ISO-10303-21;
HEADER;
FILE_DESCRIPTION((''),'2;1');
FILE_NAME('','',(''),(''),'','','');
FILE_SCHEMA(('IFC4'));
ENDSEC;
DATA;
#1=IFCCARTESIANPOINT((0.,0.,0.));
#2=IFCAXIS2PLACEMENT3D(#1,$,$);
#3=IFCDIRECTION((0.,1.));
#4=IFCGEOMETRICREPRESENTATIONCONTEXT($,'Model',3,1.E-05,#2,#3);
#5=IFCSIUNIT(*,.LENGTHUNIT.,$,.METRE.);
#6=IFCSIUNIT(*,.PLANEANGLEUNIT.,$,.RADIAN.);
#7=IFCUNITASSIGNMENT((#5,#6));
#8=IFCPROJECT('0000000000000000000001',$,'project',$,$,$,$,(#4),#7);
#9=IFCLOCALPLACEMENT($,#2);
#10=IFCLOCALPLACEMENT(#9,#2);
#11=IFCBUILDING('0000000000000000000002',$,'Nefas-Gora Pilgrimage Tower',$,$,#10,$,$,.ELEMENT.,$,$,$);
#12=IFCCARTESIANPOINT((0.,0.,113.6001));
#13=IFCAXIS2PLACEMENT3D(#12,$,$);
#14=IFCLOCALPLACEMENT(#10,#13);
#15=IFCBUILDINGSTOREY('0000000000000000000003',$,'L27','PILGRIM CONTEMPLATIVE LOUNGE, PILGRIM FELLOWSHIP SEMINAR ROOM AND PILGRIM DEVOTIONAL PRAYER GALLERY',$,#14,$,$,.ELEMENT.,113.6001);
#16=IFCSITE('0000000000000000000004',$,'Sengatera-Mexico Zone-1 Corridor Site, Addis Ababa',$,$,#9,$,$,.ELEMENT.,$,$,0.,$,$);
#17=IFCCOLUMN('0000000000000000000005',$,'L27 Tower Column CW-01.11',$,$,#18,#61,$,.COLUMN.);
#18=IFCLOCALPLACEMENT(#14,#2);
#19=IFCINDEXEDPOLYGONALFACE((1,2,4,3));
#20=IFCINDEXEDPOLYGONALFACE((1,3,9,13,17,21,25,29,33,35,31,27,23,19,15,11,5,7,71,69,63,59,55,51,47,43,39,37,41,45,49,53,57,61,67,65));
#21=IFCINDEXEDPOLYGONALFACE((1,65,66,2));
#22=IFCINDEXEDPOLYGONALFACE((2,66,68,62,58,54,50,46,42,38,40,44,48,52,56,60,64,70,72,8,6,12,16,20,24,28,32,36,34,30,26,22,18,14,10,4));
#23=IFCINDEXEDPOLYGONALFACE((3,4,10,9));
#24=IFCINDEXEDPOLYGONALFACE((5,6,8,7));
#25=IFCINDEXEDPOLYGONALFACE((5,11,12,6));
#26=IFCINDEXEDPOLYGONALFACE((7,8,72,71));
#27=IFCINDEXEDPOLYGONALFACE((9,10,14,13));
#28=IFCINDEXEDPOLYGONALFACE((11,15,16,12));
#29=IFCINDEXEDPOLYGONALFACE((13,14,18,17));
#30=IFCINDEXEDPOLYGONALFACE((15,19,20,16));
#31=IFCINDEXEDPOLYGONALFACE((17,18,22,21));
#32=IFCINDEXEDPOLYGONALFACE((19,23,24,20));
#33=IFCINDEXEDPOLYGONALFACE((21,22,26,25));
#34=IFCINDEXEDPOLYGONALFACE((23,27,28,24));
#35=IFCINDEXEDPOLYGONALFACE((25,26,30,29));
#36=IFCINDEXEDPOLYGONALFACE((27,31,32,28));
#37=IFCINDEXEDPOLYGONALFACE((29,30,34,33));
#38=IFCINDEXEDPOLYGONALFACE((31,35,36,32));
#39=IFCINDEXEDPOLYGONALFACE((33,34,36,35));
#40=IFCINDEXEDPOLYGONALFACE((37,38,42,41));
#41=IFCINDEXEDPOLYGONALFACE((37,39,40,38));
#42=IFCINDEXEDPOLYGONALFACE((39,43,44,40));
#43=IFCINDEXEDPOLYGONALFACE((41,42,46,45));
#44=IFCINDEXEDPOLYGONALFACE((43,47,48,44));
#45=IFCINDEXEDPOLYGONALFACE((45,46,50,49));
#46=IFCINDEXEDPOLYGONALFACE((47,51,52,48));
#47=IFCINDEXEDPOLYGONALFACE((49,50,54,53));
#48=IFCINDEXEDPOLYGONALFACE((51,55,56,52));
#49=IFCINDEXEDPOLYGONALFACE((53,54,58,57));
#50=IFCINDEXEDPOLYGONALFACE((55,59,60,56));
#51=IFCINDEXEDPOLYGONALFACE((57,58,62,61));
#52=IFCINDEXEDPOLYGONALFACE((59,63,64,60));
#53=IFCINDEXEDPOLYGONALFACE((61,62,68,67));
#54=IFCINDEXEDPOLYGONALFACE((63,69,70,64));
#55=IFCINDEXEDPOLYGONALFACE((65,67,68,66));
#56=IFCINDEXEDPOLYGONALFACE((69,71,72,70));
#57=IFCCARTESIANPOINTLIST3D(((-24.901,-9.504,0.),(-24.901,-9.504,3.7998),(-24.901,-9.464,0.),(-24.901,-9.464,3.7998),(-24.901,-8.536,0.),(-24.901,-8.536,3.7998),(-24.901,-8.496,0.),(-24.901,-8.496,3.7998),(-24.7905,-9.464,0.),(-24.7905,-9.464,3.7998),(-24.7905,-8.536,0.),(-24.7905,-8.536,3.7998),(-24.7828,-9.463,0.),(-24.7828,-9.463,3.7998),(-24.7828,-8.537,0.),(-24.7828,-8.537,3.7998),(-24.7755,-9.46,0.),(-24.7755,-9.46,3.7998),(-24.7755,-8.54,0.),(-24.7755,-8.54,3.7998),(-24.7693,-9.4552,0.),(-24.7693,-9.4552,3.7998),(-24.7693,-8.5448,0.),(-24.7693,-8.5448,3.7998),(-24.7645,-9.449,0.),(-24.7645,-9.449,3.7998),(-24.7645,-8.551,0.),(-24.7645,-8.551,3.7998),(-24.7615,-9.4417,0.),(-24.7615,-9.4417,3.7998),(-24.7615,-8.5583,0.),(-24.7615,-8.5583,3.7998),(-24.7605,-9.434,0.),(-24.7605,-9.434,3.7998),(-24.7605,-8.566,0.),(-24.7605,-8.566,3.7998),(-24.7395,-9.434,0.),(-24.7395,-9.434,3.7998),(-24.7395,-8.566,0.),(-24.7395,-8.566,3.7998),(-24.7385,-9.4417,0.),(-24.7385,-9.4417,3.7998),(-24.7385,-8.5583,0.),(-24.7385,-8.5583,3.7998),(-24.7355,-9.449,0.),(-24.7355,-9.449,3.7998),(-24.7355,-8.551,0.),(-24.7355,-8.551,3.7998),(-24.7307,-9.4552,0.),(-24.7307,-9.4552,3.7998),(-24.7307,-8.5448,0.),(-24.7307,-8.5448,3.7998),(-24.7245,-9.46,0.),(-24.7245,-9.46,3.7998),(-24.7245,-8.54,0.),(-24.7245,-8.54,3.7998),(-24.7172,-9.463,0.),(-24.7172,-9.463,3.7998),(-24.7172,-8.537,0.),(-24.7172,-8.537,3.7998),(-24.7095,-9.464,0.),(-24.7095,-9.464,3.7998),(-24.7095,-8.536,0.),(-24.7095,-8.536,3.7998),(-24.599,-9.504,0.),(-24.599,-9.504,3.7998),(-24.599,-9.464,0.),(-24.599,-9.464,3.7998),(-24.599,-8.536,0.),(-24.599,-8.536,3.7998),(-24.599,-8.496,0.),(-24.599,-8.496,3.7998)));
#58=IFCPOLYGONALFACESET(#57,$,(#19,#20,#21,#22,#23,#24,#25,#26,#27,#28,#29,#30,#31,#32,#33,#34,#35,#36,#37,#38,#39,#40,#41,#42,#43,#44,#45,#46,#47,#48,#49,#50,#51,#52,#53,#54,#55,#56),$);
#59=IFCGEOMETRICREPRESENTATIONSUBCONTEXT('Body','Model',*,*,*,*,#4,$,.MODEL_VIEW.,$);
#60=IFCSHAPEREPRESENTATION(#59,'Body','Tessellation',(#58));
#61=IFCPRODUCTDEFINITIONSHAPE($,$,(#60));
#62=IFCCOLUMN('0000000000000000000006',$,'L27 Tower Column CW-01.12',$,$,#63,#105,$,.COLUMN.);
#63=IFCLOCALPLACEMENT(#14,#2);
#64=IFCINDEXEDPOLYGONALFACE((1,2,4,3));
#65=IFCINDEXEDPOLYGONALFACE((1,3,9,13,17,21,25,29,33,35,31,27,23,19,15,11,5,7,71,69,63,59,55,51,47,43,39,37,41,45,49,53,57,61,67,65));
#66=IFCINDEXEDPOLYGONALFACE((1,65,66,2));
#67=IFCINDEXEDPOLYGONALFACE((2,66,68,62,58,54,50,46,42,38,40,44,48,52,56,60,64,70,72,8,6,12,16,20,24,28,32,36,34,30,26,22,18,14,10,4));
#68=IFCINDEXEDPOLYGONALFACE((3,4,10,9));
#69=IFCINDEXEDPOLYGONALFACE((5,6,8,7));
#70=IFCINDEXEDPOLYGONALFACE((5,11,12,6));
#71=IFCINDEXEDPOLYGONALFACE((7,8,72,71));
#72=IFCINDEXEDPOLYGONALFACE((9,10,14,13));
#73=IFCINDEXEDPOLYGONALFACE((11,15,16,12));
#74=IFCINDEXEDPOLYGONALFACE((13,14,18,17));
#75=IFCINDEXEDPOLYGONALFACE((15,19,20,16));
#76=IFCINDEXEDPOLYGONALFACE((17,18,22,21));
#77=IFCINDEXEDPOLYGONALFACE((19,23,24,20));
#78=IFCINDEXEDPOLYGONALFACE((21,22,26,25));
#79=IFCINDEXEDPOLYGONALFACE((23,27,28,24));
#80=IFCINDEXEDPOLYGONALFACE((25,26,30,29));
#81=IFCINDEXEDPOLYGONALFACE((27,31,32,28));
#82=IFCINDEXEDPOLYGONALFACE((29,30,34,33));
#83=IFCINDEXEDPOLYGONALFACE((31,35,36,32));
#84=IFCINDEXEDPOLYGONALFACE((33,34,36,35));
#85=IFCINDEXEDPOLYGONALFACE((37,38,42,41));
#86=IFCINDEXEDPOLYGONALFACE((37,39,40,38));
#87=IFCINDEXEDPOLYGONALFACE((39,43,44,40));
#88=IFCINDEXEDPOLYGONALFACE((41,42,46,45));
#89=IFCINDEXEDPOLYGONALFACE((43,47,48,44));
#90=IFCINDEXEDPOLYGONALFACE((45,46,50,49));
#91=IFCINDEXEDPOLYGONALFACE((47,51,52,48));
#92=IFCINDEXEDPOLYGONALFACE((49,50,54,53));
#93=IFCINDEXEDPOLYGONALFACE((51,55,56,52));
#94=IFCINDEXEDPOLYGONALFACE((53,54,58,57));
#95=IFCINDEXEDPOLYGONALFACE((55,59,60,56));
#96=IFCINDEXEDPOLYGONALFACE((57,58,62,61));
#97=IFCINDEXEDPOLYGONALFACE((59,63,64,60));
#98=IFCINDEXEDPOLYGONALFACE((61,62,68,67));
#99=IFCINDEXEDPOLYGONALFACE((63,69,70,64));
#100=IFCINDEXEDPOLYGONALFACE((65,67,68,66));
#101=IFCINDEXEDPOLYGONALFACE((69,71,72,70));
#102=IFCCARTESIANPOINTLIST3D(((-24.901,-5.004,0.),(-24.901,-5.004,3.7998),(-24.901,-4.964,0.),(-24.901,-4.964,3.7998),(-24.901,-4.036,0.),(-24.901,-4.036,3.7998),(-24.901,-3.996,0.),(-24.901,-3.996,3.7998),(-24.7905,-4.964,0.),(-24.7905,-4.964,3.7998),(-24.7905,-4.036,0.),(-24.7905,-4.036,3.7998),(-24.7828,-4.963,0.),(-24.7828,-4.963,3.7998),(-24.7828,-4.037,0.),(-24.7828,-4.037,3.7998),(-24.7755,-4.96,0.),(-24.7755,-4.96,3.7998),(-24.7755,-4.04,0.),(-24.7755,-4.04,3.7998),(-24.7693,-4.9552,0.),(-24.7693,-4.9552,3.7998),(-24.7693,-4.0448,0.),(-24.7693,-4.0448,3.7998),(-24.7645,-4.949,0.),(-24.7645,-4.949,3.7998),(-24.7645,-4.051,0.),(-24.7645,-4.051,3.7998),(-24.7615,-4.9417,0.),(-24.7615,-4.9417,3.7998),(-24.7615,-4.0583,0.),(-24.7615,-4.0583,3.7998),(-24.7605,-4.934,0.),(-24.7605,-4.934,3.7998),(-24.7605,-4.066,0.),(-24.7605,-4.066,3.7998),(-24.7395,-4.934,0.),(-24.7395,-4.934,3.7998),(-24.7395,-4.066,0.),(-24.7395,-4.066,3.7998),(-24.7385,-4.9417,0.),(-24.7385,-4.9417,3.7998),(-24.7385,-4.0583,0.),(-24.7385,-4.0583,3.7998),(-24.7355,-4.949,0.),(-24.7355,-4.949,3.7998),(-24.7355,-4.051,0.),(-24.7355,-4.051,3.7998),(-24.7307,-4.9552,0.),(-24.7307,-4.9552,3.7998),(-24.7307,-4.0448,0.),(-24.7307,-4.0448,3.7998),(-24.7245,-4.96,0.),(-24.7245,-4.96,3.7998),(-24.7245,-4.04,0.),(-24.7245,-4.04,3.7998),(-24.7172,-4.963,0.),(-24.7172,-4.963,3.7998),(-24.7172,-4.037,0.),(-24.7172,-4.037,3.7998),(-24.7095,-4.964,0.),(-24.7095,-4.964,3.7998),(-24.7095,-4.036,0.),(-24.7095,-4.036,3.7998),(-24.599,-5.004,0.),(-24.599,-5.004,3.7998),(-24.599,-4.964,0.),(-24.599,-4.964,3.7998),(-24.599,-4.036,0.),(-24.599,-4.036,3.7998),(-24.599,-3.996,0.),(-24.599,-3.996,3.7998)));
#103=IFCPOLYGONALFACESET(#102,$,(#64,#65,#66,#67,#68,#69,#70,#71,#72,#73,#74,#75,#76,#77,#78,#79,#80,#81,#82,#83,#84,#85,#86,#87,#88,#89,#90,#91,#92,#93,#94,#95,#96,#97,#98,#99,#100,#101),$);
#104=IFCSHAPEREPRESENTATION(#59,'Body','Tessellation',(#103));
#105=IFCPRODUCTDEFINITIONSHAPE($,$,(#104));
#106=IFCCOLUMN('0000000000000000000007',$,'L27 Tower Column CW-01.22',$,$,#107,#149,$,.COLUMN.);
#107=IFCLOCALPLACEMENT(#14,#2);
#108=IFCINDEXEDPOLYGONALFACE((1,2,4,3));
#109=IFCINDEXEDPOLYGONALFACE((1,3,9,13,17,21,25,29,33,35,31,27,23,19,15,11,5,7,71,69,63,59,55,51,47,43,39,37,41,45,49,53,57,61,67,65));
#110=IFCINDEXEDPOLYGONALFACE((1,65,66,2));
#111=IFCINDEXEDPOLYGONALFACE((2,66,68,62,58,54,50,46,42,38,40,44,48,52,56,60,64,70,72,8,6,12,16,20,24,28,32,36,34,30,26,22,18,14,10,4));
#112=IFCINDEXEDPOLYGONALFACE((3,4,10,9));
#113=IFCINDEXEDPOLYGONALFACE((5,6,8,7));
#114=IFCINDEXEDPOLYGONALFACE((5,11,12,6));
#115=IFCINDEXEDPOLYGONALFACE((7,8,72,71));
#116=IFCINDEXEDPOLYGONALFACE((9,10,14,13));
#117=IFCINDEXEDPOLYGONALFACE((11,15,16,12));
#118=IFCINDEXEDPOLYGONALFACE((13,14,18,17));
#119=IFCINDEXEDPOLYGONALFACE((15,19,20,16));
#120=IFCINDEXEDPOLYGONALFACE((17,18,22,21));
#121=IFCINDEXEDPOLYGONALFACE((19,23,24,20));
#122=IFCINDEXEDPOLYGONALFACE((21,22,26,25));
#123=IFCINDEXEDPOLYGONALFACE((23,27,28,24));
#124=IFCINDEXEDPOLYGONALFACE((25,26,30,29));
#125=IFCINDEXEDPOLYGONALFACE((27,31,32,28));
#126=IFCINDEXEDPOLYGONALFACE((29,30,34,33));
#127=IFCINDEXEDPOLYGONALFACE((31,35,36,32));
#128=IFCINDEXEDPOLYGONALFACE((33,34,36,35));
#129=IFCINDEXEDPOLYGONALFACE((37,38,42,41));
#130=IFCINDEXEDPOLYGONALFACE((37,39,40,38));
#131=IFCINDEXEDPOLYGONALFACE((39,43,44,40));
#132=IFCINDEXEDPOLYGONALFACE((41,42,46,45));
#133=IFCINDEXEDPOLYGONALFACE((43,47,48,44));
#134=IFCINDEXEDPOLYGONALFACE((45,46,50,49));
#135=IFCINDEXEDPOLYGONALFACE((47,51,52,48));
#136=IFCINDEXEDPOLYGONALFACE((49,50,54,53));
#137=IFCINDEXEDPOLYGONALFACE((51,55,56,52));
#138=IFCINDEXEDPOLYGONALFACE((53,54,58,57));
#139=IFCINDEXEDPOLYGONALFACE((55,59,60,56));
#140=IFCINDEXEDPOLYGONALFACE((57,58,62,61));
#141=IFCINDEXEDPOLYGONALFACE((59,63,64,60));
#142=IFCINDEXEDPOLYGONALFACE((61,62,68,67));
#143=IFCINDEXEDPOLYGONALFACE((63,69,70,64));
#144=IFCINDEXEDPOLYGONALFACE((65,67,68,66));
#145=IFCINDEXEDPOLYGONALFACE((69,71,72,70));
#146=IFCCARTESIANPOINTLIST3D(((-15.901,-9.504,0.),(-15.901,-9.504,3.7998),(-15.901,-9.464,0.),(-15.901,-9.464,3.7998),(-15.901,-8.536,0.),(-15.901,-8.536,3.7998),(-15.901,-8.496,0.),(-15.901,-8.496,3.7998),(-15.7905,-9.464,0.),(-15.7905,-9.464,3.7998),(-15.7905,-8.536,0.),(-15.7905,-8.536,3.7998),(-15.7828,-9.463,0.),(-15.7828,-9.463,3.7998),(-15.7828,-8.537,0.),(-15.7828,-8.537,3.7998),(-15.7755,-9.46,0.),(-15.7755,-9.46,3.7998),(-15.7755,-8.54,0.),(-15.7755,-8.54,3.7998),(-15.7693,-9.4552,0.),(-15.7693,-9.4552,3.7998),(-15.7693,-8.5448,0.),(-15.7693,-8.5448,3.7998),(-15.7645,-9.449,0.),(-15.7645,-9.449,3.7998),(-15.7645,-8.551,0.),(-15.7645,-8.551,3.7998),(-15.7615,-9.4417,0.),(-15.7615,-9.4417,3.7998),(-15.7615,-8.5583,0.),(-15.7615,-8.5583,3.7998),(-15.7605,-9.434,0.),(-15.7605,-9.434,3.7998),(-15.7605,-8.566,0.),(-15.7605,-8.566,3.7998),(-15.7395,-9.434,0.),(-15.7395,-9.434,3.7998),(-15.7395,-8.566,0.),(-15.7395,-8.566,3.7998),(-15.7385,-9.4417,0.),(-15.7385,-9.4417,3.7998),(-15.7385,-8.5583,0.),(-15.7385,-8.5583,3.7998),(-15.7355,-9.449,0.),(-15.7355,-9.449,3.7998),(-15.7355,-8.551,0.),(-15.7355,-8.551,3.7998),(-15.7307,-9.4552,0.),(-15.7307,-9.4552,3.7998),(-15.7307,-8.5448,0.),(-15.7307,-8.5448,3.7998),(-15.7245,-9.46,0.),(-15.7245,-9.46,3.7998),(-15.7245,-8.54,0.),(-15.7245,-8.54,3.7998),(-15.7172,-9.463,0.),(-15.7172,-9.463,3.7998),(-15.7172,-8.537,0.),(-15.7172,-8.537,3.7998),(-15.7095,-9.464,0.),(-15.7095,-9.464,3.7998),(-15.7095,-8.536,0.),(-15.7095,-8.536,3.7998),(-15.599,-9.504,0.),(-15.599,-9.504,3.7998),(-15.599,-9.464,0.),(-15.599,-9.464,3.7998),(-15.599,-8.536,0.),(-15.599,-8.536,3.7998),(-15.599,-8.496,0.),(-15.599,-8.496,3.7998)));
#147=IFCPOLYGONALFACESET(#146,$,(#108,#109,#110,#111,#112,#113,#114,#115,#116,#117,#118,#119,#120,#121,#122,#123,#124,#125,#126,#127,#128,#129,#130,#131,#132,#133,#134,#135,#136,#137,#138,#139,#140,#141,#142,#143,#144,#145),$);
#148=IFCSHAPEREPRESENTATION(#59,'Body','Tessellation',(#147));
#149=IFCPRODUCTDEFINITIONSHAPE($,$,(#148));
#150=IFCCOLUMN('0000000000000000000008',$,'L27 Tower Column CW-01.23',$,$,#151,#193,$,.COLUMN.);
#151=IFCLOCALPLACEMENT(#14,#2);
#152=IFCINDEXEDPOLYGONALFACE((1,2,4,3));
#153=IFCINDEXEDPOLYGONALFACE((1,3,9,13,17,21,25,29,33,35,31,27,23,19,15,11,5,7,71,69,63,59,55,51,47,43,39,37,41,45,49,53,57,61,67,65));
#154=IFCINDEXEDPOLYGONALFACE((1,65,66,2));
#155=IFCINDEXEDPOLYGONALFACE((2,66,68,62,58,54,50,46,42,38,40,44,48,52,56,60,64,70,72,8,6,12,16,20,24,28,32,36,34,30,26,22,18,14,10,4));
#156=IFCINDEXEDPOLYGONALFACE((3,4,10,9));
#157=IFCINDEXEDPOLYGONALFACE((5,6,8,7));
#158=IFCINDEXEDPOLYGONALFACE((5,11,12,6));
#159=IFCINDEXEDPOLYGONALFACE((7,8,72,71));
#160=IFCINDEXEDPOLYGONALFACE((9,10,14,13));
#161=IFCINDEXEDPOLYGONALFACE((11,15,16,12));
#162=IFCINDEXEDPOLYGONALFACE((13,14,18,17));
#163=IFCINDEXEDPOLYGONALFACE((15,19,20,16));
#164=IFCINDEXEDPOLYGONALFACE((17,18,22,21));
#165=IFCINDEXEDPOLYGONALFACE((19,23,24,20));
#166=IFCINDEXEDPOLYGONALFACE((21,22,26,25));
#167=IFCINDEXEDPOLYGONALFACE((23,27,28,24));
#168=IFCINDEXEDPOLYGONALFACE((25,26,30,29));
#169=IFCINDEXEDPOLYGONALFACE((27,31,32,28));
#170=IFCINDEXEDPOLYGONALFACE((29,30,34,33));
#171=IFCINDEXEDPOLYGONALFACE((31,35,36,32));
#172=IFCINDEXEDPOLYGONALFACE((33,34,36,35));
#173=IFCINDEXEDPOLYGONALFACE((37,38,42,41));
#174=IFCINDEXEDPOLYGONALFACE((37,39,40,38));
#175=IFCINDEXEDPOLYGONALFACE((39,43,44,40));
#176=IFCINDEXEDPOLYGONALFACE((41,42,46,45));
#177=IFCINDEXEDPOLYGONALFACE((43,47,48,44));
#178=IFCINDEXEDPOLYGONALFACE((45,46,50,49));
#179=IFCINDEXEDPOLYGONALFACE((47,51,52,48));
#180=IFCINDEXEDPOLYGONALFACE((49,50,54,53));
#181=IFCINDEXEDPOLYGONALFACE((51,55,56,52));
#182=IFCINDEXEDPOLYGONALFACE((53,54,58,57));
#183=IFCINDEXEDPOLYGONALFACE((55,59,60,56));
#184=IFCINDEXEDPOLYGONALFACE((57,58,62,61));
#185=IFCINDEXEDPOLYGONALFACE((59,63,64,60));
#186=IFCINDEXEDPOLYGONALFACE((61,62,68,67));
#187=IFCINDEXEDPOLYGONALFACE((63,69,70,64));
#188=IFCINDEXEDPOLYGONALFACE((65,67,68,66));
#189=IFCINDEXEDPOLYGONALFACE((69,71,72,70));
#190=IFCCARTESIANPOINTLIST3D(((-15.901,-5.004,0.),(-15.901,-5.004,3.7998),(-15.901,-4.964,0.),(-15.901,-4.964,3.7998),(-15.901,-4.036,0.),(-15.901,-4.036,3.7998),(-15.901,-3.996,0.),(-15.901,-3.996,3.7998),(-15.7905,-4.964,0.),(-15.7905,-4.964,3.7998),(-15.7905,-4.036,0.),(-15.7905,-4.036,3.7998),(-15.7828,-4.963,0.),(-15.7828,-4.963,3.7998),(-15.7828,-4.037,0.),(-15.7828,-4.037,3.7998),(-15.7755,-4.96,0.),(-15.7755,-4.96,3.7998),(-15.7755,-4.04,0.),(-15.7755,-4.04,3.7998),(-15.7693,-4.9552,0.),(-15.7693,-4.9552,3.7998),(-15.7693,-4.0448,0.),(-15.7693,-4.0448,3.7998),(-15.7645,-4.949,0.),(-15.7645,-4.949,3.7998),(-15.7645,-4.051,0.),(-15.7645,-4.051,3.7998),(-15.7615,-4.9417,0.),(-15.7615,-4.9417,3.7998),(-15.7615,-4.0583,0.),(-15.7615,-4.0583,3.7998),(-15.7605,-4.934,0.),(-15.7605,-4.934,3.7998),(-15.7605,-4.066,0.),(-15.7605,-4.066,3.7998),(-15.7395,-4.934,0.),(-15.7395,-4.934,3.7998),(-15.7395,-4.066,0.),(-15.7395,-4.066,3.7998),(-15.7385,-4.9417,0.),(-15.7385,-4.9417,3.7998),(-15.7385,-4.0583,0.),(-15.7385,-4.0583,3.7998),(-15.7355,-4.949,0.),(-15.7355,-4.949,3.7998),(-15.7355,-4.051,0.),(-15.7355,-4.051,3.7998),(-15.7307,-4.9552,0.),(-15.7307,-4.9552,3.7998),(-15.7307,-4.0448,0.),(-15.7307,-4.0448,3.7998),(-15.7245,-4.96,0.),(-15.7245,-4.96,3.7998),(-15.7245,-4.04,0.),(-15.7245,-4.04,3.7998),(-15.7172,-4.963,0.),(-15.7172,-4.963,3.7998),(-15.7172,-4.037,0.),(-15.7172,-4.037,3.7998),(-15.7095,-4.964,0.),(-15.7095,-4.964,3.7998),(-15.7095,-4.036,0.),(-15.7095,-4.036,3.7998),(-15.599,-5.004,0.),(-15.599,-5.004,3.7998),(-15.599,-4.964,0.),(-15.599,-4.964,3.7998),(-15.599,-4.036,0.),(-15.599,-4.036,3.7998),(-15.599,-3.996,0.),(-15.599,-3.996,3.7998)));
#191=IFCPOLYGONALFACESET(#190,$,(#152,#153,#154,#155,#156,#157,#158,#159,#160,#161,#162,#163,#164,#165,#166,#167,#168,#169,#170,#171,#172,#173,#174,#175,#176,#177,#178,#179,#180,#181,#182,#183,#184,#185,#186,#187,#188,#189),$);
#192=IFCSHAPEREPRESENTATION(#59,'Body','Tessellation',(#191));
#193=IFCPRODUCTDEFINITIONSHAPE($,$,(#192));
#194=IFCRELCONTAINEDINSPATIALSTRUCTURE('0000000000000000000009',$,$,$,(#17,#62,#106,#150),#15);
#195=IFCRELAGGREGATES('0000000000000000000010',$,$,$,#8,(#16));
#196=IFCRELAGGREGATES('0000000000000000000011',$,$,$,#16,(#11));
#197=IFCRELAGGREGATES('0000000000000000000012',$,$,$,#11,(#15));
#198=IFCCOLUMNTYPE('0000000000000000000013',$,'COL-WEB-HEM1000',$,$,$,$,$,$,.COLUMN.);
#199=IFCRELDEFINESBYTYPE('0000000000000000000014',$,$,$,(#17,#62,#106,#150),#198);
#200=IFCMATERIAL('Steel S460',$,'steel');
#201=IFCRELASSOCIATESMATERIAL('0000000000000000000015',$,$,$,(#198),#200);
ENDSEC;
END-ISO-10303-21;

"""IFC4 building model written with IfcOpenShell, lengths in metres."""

from ifc_helpers import new_model, si_unit, direction, frame, origin, origin_2d, place, context, subcontext, project, spatial, i_section, extrude, source, transform, mapped, material, material_profile, profile_set, type_object, element, save


model = new_model("IFC4")

# Units and contexts
model_context = context("Model", 3, precision=1e-05, world=origin(), true_north=direction((0.0, 1.0)))
body_context = subcontext(model_context, "Body", "Model", "MODEL_VIEW")
ifc_project = project(units=[si_unit("LENGTHUNIT", "METRE"), si_unit("PLANEANGLEUNIT", "RADIAN")], contexts=[model_context])

# Site, building, storey
site_placement = place(None, origin())
site = spatial("IfcSite", under=ifc_project, at=site_placement, Name="Sengatera-Mexico Zone-1 Corridor Site, Addis Ababa", CompositionType="ELEMENT", RefElevation=0.0)
building_placement = place(site_placement, origin())
building = spatial("IfcBuilding", under=site, at=building_placement, Name="Nefas-Gora Pilgrimage Tower", CompositionType="ELEMENT")
storey_placement = place(building_placement, frame((0.0, 0.0, 113.6001)))
storey = spatial("IfcBuildingStorey", under=building, at=storey_placement, Name="L27", Description="PILGRIM CONTEMPLATIVE LOUNGE, PILGRIM FELLOWSHIP SEMINAR ROOM AND PILGRIM DEVOTIONAL PRAYER GALLERY", CompositionType="ELEMENT", Elevation=113.6001)

# Columns
ifc_material_1 = material(Name="Steel S460", Category="steel")
ifc_material_profile_1 = material_profile(ifc_material_1, i_section(OverallWidth=0.302, OverallDepth=1.0081, WebThickness=0.021, FlangeThickness=0.04, FilletRadius=0.03, at=origin_2d()), Name="HEM 1000")
ifc_profile_set_1 = profile_set([ifc_material_profile_1], Name="Steel S460")
column_type_1 = type_object("IfcColumnType", Name="COL-WEB-HEM1000", PredefinedType="COLUMN", material=ifc_profile_set_1)
shared_shape_1 = source(origin(), body_context, "Body", "SweptSolid", [
    extrude(i_section(OverallWidth=0.302, OverallDepth=1.0081, WebThickness=0.021, FlangeThickness=0.04, FilletRadius=0.03, at=origin_2d()), origin(), (0.0, 0.0, 1.0), 3.7998),
])
for number, where, z_axis, x_axis, name in (
    (1, (-24.75, -9.0, 0.0), (0.0, 0.0, 1.0), (1.0, 0.0, 0.0), "L27 Tower Column CW-01.11"),
    (2, (-24.75, -4.5, 0.0), (0.0, 0.0, 1.0), (1.0, 0.0, 0.0), "L27 Tower Column CW-01.12"),
    (3, (-15.75, -9.0, 0.0), (0.0, 0.0, 1.0), (1.0, 0.0, 0.0), "L27 Tower Column CW-01.22"),
    (4, (-15.75, -4.5, 0.0), (0.0, 0.0, 1.0), (1.0, 0.0, 0.0), "L27 Tower Column CW-01.23"),
):
    element("IfcColumn", number, at=place(storey_placement, frame(where, z_axis=z_axis, x_axis=x_axis)), inside=storey, type_object=column_type_1, Name=name, PredefinedType="COLUMN", context=body_context, shape_type="MappedRepresentation", body=[
        mapped(shared_shape_1, transform((0.0, 0.0, 0.0), x_axis=(1.0, 0.0, 0.0), y_axis=(0.0, 1.0, 0.0), z_axis=(0.0, 0.0, 1.0), scale=1.0)),
    ])

save(model, "model.ifc")
